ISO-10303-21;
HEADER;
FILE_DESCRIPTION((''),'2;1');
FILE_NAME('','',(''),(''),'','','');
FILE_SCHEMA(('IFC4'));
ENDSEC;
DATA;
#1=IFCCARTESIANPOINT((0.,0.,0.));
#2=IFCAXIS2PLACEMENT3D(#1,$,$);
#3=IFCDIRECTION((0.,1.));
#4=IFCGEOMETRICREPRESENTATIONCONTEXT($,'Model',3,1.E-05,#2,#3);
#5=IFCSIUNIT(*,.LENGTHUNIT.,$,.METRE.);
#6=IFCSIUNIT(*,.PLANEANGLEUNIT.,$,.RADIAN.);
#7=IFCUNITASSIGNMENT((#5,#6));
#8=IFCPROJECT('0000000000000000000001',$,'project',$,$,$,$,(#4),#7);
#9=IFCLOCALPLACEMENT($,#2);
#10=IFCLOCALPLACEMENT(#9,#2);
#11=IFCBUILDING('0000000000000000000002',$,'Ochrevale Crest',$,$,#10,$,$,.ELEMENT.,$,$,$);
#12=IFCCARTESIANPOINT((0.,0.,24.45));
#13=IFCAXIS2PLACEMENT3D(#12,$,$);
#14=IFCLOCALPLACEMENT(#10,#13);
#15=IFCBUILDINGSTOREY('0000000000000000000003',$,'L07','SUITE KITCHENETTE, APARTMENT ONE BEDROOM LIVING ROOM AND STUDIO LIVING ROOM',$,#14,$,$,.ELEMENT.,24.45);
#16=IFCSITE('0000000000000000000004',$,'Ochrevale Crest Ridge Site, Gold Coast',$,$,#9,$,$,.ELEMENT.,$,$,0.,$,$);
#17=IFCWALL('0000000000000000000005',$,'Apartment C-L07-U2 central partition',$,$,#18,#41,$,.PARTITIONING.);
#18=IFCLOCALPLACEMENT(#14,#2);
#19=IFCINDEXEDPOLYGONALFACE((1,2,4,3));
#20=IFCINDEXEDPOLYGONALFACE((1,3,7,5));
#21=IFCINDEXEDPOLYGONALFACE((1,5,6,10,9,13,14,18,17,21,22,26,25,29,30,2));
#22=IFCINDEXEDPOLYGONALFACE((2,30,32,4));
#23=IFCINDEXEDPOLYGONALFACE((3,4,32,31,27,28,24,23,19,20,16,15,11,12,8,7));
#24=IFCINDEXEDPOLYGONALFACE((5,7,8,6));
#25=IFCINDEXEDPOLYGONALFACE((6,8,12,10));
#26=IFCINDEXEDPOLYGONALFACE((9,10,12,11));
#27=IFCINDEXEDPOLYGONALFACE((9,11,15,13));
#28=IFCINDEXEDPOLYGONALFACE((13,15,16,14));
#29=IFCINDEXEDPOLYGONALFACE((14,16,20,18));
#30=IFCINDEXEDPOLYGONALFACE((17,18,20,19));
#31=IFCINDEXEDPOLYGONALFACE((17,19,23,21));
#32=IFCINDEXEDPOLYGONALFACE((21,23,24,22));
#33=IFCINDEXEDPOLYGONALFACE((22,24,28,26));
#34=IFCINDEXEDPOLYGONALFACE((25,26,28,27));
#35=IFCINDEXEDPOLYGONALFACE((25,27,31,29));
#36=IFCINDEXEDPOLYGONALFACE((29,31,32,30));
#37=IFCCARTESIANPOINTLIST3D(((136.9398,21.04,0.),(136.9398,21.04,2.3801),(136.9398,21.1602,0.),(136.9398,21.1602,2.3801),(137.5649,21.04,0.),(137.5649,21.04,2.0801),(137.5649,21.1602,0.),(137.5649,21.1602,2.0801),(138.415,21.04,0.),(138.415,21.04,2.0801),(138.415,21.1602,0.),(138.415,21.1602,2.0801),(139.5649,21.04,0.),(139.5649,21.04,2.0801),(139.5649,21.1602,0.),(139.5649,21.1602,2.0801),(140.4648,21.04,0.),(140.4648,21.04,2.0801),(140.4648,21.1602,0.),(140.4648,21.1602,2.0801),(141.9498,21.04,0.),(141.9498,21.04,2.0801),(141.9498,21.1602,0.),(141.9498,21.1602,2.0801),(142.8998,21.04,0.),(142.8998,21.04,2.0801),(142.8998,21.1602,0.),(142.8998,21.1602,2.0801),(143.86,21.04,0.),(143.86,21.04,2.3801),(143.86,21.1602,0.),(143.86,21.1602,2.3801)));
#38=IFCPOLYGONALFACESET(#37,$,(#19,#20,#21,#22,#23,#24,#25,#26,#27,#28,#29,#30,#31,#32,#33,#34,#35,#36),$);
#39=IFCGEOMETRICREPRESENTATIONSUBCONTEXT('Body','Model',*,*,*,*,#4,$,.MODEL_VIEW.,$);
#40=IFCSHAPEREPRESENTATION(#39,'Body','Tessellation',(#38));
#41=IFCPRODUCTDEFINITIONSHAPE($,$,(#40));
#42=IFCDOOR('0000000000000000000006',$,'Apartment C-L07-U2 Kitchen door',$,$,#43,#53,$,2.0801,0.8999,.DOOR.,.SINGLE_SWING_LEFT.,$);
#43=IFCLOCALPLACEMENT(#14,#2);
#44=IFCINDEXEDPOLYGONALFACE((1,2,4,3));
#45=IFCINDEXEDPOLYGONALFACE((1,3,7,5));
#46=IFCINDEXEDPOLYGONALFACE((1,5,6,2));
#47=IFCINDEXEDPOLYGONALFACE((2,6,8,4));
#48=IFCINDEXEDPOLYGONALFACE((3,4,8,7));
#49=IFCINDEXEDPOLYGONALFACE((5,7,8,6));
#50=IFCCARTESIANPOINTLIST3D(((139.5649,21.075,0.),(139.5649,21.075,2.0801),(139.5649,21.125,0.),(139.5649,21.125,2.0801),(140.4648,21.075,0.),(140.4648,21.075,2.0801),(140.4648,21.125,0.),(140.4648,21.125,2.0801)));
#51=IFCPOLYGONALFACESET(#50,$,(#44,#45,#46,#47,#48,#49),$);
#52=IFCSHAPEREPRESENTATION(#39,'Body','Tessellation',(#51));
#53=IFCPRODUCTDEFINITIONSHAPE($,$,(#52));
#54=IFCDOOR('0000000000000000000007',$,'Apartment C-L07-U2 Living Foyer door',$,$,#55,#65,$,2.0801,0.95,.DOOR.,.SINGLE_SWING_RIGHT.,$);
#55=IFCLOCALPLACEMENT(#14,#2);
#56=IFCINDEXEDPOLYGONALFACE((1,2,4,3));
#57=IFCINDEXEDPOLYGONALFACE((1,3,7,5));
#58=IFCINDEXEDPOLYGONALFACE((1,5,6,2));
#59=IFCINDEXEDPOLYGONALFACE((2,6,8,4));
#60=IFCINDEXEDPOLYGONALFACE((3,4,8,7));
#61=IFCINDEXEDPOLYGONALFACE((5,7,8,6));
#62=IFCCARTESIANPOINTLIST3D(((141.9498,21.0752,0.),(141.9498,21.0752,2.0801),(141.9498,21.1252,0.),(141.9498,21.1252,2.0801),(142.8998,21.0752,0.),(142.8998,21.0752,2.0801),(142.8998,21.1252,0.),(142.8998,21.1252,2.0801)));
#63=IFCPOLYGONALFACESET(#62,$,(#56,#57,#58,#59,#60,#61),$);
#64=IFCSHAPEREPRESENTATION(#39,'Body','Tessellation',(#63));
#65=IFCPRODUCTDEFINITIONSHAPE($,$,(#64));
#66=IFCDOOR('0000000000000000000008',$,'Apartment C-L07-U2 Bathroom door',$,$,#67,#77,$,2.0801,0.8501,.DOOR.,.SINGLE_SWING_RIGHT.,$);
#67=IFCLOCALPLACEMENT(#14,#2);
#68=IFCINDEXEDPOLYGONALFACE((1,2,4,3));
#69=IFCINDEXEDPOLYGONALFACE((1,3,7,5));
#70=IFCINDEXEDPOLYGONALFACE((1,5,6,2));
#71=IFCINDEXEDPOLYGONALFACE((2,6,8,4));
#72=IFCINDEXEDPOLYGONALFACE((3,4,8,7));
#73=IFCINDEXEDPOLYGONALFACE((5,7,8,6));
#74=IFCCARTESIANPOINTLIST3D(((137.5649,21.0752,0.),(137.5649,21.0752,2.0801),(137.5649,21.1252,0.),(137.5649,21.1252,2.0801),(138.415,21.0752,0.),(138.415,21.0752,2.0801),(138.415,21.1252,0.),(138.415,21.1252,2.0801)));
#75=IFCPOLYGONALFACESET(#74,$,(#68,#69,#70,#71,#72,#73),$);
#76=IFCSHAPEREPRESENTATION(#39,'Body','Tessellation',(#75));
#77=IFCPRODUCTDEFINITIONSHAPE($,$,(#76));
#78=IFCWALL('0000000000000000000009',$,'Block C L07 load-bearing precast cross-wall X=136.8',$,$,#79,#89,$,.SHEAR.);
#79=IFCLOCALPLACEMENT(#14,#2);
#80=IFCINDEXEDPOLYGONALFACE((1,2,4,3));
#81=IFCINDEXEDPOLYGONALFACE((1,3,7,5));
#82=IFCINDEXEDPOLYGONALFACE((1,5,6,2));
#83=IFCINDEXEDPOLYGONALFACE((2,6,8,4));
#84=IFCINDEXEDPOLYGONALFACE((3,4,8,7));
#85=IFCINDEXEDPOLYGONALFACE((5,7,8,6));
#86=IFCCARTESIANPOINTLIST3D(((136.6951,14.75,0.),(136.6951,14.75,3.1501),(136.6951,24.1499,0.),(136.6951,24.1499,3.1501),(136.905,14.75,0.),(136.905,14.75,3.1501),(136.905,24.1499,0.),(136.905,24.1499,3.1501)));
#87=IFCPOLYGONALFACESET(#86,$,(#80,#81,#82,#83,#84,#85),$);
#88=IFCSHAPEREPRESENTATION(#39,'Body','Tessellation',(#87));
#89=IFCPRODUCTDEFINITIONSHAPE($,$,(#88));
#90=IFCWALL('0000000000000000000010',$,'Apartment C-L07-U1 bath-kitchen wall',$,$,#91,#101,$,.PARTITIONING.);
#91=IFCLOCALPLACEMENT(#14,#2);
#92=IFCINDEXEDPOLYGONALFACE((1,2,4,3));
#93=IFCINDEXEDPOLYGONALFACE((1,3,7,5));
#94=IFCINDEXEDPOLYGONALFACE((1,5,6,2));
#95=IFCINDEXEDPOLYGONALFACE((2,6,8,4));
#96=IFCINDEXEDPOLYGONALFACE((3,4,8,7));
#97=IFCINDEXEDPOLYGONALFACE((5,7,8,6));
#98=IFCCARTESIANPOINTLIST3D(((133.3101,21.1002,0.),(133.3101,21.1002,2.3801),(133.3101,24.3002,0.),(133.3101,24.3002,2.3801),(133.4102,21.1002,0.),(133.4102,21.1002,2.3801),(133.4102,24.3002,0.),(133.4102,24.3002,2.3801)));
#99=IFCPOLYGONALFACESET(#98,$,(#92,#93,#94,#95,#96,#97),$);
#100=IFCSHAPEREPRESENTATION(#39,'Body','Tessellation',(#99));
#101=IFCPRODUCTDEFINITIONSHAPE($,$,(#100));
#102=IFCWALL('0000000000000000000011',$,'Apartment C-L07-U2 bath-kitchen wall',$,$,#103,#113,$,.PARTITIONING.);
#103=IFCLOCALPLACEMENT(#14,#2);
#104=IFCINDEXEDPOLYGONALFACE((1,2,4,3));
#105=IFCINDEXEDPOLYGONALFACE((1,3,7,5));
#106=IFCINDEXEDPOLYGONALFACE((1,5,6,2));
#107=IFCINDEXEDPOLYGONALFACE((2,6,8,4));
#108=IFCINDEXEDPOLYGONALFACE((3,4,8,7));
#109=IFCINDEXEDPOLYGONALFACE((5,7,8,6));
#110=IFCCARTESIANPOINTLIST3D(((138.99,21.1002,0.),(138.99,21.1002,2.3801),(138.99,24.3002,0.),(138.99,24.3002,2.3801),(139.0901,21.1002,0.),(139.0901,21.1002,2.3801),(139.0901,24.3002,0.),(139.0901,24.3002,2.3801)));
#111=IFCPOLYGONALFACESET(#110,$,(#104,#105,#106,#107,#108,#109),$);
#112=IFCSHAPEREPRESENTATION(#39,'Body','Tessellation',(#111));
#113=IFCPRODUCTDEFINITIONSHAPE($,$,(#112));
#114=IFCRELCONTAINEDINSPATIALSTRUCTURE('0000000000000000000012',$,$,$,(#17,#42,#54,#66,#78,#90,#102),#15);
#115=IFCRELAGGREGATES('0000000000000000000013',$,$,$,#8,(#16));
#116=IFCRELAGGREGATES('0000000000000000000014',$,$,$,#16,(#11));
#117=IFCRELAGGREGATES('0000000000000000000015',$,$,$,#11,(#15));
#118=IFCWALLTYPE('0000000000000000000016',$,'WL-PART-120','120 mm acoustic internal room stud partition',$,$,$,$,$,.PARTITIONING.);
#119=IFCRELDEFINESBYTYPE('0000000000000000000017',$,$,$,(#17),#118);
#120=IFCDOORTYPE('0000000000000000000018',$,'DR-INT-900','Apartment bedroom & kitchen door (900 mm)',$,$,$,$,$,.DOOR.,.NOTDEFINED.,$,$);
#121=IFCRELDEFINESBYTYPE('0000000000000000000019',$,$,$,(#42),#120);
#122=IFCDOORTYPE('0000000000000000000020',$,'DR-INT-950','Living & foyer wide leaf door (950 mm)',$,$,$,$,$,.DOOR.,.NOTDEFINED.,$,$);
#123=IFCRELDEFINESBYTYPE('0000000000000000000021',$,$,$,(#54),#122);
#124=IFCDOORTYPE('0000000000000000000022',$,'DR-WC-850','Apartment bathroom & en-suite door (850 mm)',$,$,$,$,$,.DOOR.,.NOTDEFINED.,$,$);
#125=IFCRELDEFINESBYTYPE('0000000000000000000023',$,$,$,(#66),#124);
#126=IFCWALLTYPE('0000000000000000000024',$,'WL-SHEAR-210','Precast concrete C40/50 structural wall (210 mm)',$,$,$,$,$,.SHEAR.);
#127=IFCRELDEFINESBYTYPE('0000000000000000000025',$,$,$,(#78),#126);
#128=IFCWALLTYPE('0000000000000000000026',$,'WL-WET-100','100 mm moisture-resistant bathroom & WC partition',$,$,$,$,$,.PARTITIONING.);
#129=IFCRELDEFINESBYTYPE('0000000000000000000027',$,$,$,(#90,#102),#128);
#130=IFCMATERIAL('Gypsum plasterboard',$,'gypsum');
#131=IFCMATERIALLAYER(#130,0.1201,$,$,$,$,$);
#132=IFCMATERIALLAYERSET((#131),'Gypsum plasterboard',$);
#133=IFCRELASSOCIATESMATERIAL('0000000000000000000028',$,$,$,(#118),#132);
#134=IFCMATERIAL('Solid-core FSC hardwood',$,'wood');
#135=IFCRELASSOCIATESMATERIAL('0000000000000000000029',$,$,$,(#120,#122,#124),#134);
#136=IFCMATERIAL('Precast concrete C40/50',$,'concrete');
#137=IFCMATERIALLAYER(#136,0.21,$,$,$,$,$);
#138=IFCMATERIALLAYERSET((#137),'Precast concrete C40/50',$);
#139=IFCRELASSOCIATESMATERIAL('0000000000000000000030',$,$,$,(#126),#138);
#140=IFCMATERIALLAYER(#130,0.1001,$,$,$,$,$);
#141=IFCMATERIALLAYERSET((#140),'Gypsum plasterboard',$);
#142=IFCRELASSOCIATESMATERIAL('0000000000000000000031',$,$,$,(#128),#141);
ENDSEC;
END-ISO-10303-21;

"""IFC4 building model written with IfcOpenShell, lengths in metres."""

from ifc_helpers import new_model, si_unit, direction, frame, frame_2d, origin, place, context, subcontext, project, spatial, rectangle, extrude, material, layer, layer_set, type_object, element, fill, save


model = new_model("IFC4")

# Units and contexts
model_context = context("Model", 3, precision=1e-05, world=origin(), true_north=direction((0.0, 1.0)))
body_context = subcontext(model_context, "Body", "Model", "MODEL_VIEW")
ifc_project = project(units=[si_unit("LENGTHUNIT", "METRE"), si_unit("PLANEANGLEUNIT", "RADIAN")], contexts=[model_context])

# Site, building, storey
site_placement = place(None, origin())
site = spatial("IfcSite", under=ifc_project, at=site_placement, Name="Ochrevale Crest Ridge Site, Gold Coast", CompositionType="ELEMENT", RefElevation=0.0)
building_placement = place(site_placement, origin())
building = spatial("IfcBuilding", under=site, at=building_placement, Name="Ochrevale Crest", CompositionType="ELEMENT")
storey_placement = place(building_placement, frame((0.0, 0.0, 24.45)))
storey = spatial("IfcBuildingStorey", under=building, at=storey_placement, Name="L07", Description="SUITE KITCHENETTE, APARTMENT ONE BEDROOM LIVING ROOM AND STUDIO LIVING ROOM", CompositionType="ELEMENT", Elevation=24.45)

# Shared definitions
ifc_material_1 = material(Name="Gypsum plasterboard", Category="gypsum")
ifc_material_2 = material(Name="Solid-core FSC hardwood", Category="wood")

# Shared definitions
ifc_layer_1 = layer(ifc_material_1, 0.1201)
ifc_layer_set_1 = layer_set([ifc_layer_1], Name="Gypsum plasterboard")
wall_type_1 = type_object("IfcWallType", Name="WL-PART-120", Description="120 mm acoustic internal room stud partition", PredefinedType="PARTITIONING", material=ifc_layer_set_1)

# Shared definitions
door_type_1 = type_object("IfcDoorType", Name="DR-INT-900", Description="Apartment bedroom & kitchen door (900 mm)", OperationType="NOTDEFINED", PredefinedType="DOOR", material=ifc_material_2)

# Wall, openings, doors
wall_1_placement = place(storey_placement, frame((136.9399, 21.1001, 0.0), z_axis=(0.0, 0.0, 1.0), x_axis=(1.0, 0.0, 0.0)))
wall_1 = element("IfcWall", 1, at=wall_1_placement, inside=storey, type_object=wall_type_1, Name="Apartment C-L07-U2 central partition", PredefinedType="PARTITIONING", context=body_context, shape_type="SweptSolid", body=[
    extrude(rectangle(XDim=6.9202, YDim=0.1201, at=frame_2d((3.46, 0.0))), origin(), (0.0, 0.0, 1.0), 2.3801),
])
opening_1_placement = place(wall_1_placement, frame((1.4751, 0.0, 0.0), z_axis=(0.0, 0.0, 1.0), x_axis=(-1.0, 0.0, 0.0)))
opening_1 = element("IfcOpeningElement", 2, at=opening_1_placement, cuts=wall_1, PredefinedType="OPENING", context=body_context, shape_type="SweptSolid", body=[
    extrude(rectangle(XDim=0.8501, YDim=2.0801, at=frame_2d((0.425, 1.04))), frame((0.0, 0.0701, 0.0), z_axis=(0.0, -1.0, 0.0), x_axis=(1.0, 0.0, 0.0)), (0.0, 0.0, 1.0), 0.1401),
])
opening_2_placement = place(wall_1_placement, frame((2.625, 0.0, 0.0)))
opening_2 = element("IfcOpeningElement", 3, at=opening_2_placement, cuts=wall_1, PredefinedType="OPENING", context=body_context, shape_type="SweptSolid", body=[
    extrude(rectangle(XDim=0.8999, YDim=2.0801, at=frame_2d((0.45, 1.04))), frame((0.0, 0.0701, 0.0), z_axis=(0.0, -1.0, 0.0), x_axis=(1.0, 0.0, 0.0)), (0.0, 0.0, 1.0), 0.1401),
])
opening_3_placement = place(wall_1_placement, frame((5.96, 0.0, 0.0), z_axis=(0.0, 0.0, 1.0), x_axis=(-1.0, 0.0, 0.0)))
opening_3 = element("IfcOpeningElement", 4, at=opening_3_placement, cuts=wall_1, PredefinedType="OPENING", context=body_context, shape_type="SweptSolid", body=[
    extrude(rectangle(XDim=0.95, YDim=2.0801, at=frame_2d((0.4751, 1.04))), frame((0.0, 0.0701, 0.0), z_axis=(0.0, -1.0, 0.0), x_axis=(1.0, 0.0, 0.0)), (0.0, 0.0, 1.0), 0.1401),
])
door_1_placement = place(opening_2_placement, origin())
door_1 = element("IfcDoor", 5, at=door_1_placement, inside=storey, type_object=door_type_1, Name="Apartment C-L07-U2 Kitchen door", OperationType="SINGLE_SWING_LEFT", OverallHeight=2.0801, OverallWidth=0.8999, PredefinedType="DOOR", context=body_context, shape_type="SweptSolid", body=[
    extrude(rectangle(XDim=0.8999, YDim=2.0801, at=frame_2d((0.45, 1.04))), frame((0.0, 0.0249, 0.0), z_axis=(0.0, -1.0, 0.0), x_axis=(1.0, 0.0, 0.0)), (0.0, 0.0, 1.0), 0.05),
])
fill(opening_2, door_1)
door_type_2 = type_object("IfcDoorType", Name="DR-INT-950", Description="Living & foyer wide leaf door (950 mm)", OperationType="NOTDEFINED", PredefinedType="DOOR", material=ifc_material_2)
door_2_placement = place(opening_3_placement, origin())
door_2 = element("IfcDoor", 6, at=door_2_placement, inside=storey, type_object=door_type_2, Name="Apartment C-L07-U2 Living Foyer door", OperationType="SINGLE_SWING_RIGHT", OverallHeight=2.0801, OverallWidth=0.95, PredefinedType="DOOR", context=body_context, shape_type="SweptSolid", body=[
    extrude(rectangle(XDim=0.95, YDim=2.0801, at=frame_2d((0.4751, 1.04))), frame((0.0, 0.0249, 0.0), z_axis=(0.0, -1.0, 0.0), x_axis=(1.0, 0.0, 0.0)), (0.0, 0.0, 1.0), 0.05),
])
fill(opening_3, door_2)
door_type_3 = type_object("IfcDoorType", Name="DR-WC-850", Description="Apartment bathroom & en-suite door (850 mm)", OperationType="NOTDEFINED", PredefinedType="DOOR", material=ifc_material_2)
door_3_placement = place(opening_1_placement, origin())
door_3 = element("IfcDoor", 7, at=door_3_placement, inside=storey, type_object=door_type_3, Name="Apartment C-L07-U2 Bathroom door", OperationType="SINGLE_SWING_RIGHT", OverallHeight=2.0801, OverallWidth=0.8501, PredefinedType="DOOR", context=body_context, shape_type="SweptSolid", body=[
    extrude(rectangle(XDim=0.8501, YDim=2.0801, at=frame_2d((0.425, 1.04))), frame((0.0, 0.0249, 0.0), z_axis=(0.0, -1.0, 0.0), x_axis=(1.0, 0.0, 0.0)), (0.0, 0.0, 1.0), 0.05),
])
fill(opening_1, door_3)

# Walls
ifc_material_3 = material(Name="Precast concrete C40/50", Category="concrete")
ifc_layer_2 = layer(ifc_material_3, 0.21)
ifc_layer_set_2 = layer_set([ifc_layer_2], Name="Precast concrete C40/50")
wall_type_2 = type_object("IfcWallType", Name="WL-SHEAR-210", Description="Precast concrete C40/50 structural wall (210 mm)", PredefinedType="SHEAR", material=ifc_layer_set_2)
wall_2_placement = place(storey_placement, frame((136.8, 14.75, 0.0), z_axis=(0.0, 0.0, 1.0), x_axis=(0.0, 1.0, 0.0)))
element("IfcWall", 8, at=wall_2_placement, inside=storey, type_object=wall_type_2, Name="Block C L07 load-bearing precast cross-wall X=136.8", PredefinedType="SHEAR", context=body_context, shape_type="SweptSolid", body=[
    extrude(rectangle(XDim=9.3999, YDim=0.21, at=frame_2d((4.7, 0.0))), origin(), (0.0, 0.0, 1.0), 3.1501),
])
ifc_layer_3 = layer(ifc_material_1, 0.1001)
ifc_layer_set_3 = layer_set([ifc_layer_3], Name="Gypsum plasterboard")
wall_type_3 = type_object("IfcWallType", Name="WL-WET-100", Description="100 mm moisture-resistant bathroom & WC partition", PredefinedType="PARTITIONING", material=ifc_layer_set_3)
for number, where, z_axis, x_axis, name in (
    (9, (133.3601, 21.1001, 0.0), (0.0, 0.0, 1.0), (0.0, 1.0, 0.0), "Apartment C-L07-U1 bath-kitchen wall"),
    (10, (139.04, 21.1001, 0.0), (0.0, 0.0, 1.0), (0.0, 1.0, 0.0), "Apartment C-L07-U2 bath-kitchen wall"),
):
    element("IfcWall", number, at=place(storey_placement, frame(where, z_axis=z_axis, x_axis=x_axis)), inside=storey, type_object=wall_type_3, Name=name, PredefinedType="PARTITIONING", context=body_context, shape_type="SweptSolid", body=[
        extrude(rectangle(XDim=3.2, YDim=0.1001, at=frame_2d((1.6001, 0.0))), origin(), (0.0, 0.0, 1.0), 2.3801),
    ])

save(model, "model.ifc")
